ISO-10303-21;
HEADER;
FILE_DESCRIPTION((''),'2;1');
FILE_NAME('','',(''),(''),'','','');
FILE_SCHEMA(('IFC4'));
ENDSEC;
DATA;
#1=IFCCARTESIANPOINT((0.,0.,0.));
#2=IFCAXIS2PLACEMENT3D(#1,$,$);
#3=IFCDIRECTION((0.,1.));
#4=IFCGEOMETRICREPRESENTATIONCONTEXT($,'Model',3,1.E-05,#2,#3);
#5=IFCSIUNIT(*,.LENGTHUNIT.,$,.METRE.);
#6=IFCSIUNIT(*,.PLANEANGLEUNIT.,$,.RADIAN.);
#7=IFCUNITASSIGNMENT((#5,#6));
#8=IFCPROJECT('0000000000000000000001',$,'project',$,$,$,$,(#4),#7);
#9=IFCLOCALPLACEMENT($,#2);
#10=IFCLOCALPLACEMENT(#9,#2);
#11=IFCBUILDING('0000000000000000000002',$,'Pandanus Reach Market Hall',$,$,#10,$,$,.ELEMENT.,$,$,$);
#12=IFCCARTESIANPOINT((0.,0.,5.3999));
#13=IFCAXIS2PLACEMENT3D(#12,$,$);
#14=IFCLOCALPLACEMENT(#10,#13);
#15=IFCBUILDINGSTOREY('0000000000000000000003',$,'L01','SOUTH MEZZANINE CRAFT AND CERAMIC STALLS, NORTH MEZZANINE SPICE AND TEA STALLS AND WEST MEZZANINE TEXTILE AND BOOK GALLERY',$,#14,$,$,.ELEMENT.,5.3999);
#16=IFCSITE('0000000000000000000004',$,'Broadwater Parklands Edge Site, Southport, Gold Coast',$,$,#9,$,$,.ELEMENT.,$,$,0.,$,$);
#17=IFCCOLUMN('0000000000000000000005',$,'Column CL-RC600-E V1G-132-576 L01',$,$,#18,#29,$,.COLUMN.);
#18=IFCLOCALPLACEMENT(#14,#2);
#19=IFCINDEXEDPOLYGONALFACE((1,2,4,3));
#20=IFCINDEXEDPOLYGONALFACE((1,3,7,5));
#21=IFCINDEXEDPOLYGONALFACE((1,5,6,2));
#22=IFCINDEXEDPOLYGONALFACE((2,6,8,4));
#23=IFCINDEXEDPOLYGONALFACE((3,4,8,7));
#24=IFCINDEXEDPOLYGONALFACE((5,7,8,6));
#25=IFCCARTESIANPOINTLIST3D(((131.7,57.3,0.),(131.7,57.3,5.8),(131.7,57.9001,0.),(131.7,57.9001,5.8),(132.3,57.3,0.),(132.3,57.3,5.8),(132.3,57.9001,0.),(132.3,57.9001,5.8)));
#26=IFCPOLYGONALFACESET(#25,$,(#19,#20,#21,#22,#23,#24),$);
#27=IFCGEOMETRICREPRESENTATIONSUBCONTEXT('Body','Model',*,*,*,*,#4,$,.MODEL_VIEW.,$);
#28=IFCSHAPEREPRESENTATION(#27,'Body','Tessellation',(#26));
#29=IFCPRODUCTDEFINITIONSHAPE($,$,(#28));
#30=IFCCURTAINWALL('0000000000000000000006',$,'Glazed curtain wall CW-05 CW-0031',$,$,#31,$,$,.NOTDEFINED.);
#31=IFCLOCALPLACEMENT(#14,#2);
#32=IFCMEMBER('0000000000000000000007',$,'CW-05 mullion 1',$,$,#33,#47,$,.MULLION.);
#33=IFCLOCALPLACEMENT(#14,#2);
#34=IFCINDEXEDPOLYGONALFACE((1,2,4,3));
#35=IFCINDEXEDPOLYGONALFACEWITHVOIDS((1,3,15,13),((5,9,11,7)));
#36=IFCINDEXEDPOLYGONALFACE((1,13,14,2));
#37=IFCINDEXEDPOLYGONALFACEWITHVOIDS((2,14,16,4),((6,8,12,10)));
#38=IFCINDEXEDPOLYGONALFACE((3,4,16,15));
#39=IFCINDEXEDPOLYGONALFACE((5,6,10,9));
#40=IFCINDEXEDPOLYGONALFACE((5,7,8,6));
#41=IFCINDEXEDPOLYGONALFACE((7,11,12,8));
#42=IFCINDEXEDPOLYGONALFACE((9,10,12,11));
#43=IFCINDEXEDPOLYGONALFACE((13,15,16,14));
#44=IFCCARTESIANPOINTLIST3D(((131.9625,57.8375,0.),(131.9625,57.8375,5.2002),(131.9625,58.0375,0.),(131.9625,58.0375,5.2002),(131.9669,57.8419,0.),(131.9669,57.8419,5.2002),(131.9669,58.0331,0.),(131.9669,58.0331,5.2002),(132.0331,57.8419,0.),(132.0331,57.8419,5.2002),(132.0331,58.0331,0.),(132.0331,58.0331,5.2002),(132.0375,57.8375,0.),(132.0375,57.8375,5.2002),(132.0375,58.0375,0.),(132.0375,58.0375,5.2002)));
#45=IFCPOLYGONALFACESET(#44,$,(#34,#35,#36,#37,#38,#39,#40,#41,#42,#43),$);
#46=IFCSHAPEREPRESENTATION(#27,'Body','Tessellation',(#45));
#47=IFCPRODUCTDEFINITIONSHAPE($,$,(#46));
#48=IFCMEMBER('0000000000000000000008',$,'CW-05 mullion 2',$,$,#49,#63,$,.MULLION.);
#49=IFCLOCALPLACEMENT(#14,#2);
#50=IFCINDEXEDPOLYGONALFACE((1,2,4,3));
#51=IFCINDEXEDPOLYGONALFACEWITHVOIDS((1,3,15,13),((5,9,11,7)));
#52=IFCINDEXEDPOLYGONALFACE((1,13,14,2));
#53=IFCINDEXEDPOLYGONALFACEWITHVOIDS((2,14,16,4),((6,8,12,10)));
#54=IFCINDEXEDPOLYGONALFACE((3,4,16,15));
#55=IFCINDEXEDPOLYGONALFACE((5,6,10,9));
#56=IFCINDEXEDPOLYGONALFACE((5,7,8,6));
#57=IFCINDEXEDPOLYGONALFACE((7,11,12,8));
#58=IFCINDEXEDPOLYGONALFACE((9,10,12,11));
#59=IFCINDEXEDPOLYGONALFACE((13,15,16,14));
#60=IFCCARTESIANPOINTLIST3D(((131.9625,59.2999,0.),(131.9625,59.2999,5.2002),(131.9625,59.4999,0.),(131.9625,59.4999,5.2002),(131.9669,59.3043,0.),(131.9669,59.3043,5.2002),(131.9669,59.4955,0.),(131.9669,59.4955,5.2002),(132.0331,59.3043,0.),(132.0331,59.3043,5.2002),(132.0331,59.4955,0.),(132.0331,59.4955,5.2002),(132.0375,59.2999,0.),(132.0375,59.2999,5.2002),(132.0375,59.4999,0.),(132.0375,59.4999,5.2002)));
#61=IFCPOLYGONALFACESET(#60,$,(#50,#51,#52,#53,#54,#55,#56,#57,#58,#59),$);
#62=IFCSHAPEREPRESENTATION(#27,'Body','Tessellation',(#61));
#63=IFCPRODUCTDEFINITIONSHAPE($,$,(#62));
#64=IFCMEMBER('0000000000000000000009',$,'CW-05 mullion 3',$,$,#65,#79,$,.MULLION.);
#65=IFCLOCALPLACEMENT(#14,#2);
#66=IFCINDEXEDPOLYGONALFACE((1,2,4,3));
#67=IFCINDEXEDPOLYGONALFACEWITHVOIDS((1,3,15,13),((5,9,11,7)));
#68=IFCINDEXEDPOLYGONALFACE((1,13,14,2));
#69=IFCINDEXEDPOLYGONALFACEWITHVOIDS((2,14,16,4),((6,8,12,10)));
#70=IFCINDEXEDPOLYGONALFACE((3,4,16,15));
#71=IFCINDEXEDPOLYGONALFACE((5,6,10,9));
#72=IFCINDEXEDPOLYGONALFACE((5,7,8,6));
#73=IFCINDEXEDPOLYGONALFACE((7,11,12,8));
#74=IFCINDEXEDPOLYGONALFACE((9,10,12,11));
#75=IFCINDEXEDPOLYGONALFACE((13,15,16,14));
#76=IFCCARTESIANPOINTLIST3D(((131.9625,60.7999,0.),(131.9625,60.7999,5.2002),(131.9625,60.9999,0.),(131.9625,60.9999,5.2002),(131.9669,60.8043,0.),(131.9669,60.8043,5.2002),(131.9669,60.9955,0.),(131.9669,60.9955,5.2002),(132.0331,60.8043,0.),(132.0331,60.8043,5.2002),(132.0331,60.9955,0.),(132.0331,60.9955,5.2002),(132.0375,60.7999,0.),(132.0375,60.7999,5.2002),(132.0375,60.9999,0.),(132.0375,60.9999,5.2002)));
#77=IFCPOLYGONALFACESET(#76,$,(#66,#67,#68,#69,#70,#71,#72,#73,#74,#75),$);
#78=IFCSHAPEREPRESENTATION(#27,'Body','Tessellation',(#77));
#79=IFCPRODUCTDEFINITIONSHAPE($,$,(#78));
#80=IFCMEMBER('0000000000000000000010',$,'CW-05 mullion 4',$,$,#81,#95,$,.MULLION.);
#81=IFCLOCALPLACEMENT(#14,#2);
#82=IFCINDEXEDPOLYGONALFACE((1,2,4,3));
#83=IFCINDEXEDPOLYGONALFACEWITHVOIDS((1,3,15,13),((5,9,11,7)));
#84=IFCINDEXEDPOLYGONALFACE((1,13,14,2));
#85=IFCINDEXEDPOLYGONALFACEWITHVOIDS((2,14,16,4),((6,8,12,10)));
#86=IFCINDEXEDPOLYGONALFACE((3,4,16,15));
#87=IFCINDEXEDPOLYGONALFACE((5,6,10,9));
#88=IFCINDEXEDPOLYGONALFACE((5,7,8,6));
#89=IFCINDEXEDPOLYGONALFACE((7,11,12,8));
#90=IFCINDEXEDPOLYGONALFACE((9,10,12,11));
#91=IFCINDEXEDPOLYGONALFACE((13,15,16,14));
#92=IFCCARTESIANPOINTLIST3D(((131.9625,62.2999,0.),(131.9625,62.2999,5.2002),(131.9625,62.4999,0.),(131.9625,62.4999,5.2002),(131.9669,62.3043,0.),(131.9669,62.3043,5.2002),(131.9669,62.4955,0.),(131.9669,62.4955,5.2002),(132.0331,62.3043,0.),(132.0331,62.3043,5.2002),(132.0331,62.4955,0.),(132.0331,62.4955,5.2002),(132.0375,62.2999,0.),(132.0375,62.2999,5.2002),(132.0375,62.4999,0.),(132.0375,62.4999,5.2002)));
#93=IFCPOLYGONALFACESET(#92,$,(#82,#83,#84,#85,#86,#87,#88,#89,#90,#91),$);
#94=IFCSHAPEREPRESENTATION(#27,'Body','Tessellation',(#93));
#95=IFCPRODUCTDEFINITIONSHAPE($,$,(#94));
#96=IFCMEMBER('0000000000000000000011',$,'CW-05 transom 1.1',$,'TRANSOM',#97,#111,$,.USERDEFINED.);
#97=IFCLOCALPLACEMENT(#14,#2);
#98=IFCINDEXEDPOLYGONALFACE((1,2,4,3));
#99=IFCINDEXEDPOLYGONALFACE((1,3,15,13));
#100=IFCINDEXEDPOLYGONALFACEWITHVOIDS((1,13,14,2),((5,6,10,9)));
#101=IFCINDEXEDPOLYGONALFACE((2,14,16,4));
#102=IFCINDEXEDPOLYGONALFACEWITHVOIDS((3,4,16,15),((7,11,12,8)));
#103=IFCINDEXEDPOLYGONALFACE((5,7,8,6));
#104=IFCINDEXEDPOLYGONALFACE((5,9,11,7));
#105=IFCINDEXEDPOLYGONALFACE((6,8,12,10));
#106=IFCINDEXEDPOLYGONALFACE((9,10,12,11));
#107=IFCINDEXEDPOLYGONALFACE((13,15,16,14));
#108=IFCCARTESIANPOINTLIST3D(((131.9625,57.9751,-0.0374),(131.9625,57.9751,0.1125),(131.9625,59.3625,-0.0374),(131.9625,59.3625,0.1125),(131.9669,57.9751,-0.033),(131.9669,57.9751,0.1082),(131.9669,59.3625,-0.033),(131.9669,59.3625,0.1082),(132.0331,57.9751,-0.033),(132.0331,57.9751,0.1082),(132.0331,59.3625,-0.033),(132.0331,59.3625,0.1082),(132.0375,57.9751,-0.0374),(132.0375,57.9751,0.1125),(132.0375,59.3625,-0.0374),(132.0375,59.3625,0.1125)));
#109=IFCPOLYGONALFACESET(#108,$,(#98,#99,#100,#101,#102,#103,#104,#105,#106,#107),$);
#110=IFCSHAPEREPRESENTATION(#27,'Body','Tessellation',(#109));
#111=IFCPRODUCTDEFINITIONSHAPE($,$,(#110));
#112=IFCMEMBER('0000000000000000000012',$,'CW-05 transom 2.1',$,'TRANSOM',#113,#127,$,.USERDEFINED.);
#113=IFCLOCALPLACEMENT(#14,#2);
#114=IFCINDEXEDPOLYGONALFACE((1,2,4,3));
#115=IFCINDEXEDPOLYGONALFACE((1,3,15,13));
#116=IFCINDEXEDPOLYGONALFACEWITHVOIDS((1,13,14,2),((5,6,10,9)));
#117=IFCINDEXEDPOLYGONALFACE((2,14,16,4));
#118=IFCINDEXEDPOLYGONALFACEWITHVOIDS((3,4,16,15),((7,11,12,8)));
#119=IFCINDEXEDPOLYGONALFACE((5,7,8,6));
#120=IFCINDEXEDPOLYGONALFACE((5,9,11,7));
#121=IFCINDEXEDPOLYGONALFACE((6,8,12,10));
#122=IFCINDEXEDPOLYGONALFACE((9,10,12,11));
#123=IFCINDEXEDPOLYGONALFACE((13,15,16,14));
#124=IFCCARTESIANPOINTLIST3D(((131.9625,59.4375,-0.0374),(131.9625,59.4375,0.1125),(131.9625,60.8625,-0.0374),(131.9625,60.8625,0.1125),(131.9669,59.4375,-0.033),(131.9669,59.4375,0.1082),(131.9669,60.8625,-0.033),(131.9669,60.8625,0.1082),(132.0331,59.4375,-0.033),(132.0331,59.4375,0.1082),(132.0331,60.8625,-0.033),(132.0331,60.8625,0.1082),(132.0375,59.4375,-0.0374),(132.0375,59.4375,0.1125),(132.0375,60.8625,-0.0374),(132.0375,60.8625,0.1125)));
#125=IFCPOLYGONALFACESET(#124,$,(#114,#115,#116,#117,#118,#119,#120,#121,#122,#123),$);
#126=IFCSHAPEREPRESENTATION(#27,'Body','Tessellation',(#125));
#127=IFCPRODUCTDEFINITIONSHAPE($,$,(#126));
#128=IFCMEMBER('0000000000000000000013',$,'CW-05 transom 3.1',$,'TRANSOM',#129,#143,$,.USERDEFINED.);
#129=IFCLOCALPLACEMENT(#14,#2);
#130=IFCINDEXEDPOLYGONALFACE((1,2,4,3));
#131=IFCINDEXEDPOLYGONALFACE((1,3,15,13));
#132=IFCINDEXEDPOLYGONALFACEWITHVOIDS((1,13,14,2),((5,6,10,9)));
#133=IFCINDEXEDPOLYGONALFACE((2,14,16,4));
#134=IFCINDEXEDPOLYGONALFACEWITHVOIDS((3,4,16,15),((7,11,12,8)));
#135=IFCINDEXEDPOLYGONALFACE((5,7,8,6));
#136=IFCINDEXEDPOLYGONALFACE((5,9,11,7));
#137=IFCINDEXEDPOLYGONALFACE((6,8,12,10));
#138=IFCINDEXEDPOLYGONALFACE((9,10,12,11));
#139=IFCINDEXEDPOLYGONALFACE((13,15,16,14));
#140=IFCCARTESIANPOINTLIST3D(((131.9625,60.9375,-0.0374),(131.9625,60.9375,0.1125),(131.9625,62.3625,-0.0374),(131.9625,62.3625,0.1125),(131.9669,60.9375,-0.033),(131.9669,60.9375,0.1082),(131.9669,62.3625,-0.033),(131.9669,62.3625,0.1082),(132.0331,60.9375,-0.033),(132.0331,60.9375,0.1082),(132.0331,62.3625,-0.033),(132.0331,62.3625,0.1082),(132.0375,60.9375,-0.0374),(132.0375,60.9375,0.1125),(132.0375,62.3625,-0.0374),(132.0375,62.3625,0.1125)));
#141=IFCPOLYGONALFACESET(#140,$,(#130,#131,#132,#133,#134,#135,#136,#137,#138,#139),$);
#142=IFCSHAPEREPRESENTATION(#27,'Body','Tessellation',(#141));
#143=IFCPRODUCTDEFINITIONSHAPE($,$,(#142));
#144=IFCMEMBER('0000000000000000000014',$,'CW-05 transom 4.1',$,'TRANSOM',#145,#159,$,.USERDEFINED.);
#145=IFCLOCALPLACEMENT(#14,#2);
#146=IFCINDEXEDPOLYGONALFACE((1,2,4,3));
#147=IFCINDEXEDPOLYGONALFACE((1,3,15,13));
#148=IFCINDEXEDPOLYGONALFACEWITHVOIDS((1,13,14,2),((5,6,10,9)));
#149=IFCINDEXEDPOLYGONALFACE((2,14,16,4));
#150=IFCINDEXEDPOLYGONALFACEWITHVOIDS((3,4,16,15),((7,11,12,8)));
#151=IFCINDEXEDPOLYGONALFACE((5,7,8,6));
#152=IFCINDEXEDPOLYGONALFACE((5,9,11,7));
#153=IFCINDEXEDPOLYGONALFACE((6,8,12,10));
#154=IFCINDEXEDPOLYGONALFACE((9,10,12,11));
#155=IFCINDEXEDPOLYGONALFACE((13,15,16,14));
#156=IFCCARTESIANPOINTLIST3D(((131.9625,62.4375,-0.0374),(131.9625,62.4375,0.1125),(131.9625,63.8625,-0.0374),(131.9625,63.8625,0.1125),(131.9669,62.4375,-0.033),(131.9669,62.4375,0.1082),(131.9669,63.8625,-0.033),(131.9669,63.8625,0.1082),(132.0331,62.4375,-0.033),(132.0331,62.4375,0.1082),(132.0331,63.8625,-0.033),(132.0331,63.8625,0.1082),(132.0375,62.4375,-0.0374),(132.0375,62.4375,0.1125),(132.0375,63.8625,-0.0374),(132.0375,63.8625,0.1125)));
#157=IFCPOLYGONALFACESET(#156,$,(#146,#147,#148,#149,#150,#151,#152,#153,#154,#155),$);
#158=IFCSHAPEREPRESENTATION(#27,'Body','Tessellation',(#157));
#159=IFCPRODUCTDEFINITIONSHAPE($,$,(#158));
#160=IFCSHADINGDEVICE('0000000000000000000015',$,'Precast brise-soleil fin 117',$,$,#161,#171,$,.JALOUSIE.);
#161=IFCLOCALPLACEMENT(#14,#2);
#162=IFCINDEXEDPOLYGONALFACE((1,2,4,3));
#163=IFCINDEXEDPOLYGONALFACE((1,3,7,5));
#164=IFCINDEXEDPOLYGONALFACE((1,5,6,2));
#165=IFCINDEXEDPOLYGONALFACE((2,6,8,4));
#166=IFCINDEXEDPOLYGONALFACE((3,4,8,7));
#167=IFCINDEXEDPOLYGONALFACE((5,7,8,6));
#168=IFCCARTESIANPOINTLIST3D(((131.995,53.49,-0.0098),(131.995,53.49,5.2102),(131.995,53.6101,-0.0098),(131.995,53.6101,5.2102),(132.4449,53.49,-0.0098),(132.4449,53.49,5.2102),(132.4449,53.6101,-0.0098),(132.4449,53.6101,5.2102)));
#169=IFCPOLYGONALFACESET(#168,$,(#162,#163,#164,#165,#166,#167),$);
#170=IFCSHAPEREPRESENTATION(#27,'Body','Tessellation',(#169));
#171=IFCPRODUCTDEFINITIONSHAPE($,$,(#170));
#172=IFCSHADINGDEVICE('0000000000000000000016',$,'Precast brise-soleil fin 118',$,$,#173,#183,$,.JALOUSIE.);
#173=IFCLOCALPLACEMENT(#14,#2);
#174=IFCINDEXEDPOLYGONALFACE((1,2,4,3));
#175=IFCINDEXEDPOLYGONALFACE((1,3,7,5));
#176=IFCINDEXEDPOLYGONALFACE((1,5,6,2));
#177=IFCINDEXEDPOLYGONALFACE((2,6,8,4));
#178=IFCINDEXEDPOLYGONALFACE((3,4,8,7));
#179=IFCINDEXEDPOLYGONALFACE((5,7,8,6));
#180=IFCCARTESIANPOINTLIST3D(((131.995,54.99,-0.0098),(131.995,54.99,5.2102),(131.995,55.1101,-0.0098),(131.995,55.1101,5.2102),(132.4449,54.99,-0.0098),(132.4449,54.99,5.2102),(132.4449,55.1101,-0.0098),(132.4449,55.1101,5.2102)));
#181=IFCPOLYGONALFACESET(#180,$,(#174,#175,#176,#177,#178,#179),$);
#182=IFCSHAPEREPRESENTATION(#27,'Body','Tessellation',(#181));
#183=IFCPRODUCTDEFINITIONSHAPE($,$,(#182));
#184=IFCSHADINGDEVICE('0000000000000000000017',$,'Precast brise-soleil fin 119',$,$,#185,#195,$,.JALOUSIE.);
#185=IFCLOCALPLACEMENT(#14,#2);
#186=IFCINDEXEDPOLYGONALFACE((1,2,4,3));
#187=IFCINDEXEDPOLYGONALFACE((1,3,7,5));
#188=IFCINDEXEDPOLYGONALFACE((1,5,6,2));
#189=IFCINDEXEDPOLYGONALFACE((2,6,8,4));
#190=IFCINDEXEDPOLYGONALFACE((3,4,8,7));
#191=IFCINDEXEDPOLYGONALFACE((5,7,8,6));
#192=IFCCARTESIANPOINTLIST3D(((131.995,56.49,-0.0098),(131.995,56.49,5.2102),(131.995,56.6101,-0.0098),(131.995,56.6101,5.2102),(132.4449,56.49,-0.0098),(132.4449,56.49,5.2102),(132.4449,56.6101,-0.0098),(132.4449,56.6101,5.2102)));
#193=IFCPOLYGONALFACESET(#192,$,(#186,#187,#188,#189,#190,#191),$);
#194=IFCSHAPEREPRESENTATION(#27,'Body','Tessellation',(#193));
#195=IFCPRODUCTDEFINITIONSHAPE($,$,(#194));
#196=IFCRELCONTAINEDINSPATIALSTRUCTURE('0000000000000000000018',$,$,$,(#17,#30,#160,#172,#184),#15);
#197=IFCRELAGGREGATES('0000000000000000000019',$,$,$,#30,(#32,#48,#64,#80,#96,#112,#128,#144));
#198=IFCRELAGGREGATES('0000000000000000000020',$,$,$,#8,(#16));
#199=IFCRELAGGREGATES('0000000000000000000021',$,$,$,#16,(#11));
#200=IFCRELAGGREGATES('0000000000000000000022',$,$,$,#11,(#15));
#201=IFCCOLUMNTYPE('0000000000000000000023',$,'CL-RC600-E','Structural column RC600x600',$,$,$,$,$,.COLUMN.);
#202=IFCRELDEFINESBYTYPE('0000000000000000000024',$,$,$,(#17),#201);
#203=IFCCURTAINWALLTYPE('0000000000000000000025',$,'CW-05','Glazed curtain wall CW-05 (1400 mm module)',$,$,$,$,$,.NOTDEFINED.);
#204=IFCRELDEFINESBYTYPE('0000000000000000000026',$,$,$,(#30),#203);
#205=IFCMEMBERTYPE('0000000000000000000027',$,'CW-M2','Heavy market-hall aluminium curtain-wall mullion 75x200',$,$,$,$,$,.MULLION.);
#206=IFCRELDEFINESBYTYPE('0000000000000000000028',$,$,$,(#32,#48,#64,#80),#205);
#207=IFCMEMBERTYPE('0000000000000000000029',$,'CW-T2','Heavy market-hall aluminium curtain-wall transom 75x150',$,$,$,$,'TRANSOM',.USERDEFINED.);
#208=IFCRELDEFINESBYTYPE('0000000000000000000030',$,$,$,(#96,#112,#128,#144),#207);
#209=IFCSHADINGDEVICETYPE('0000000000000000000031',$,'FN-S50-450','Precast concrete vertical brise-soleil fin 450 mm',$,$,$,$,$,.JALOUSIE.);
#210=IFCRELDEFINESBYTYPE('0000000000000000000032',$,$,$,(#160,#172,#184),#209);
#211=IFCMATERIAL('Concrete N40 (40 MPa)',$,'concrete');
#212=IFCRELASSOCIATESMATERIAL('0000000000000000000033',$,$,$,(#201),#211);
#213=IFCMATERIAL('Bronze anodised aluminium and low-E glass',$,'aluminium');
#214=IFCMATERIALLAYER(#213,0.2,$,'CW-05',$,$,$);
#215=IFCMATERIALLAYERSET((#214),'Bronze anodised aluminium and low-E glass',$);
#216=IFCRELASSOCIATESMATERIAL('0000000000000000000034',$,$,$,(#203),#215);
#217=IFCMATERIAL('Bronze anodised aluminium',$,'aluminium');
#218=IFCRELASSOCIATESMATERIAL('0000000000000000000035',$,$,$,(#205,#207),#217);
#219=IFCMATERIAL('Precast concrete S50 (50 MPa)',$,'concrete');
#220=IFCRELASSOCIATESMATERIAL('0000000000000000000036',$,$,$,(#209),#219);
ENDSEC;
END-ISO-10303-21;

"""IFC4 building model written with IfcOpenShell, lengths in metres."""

from ifc_helpers import new_model, si_unit, direction, frame, origin, origin_2d, place, context, subcontext, project, spatial, rectangle, hollow_rectangle, extrude, material, layer, layer_set, material_profile, profile_set, type_object, element, aggregate, save


model = new_model("IFC4")

# Units and contexts
model_context = context("Model", 3, precision=1e-05, world=origin(), true_north=direction((0.0, 1.0)))
body_context = subcontext(model_context, "Body", "Model", "MODEL_VIEW")
ifc_project = project(units=[si_unit("LENGTHUNIT", "METRE"), si_unit("PLANEANGLEUNIT", "RADIAN")], contexts=[model_context])

# Site, building, storey
site_placement = place(None, origin())
site = spatial("IfcSite", under=ifc_project, at=site_placement, Name="Broadwater Parklands Edge Site, Southport, Gold Coast", CompositionType="ELEMENT", RefElevation=0.0)
building_placement = place(site_placement, origin())
building = spatial("IfcBuilding", under=site, at=building_placement, Name="Pandanus Reach Market Hall", CompositionType="ELEMENT")
storey_placement = place(building_placement, frame((0.0, 0.0, 5.3999)))
storey = spatial("IfcBuildingStorey", under=building, at=storey_placement, Name="L01", Description="SOUTH MEZZANINE CRAFT AND CERAMIC STALLS, NORTH MEZZANINE SPICE AND TEA STALLS AND WEST MEZZANINE TEXTILE AND BOOK GALLERY", CompositionType="ELEMENT", Elevation=5.3999)

# Column
ifc_material_1 = material(Name="Concrete N40 (40 MPa)", Category="concrete")
ifc_material_profile_1 = material_profile(ifc_material_1, rectangle(XDim=0.6001, YDim=0.6001, at=origin_2d()), Name="RC600x600", Category="LoadBearing")
ifc_profile_set_1 = profile_set([ifc_material_profile_1], Name="Concrete N40 (40 MPa)")
column_type = type_object("IfcColumnType", Name="CL-RC600-E", Description="Structural column RC600x600", PredefinedType="COLUMN", material=ifc_profile_set_1)
column_placement = place(storey_placement, frame((132.0, 57.6001, 0.0), z_axis=(0.0, 0.0, 1.0), x_axis=(1.0, 0.0, 0.0)))
element("IfcColumn", 1, at=column_placement, inside=storey, type_object=column_type, Name="Column CL-RC600-E V1G-132-576 L01", PredefinedType="COLUMN", context=body_context, shape_type="SweptSolid", body=[
    extrude(rectangle(XDim=0.6001, YDim=0.6001, at=origin_2d()), origin(), (0.0, 0.0, 1.0), 5.8),
])

# Curtain wall, members
ifc_material_2 = material(Name="Bronze anodised aluminium and low-E glass", Category="aluminium")
ifc_layer = layer(ifc_material_2, 0.2, Name="CW-05")
ifc_layer_set = layer_set([ifc_layer], Name="Bronze anodised aluminium and low-E glass")
curtain_wall_type = type_object("IfcCurtainWallType", Name="CW-05", Description="Glazed curtain wall CW-05 (1400 mm module)", PredefinedType="NOTDEFINED", material=ifc_layer_set)
curtain_wall_placement = place(storey_placement, origin())
curtain_wall = element("IfcCurtainWall", 2, at=curtain_wall_placement, inside=storey, type_object=curtain_wall_type, Name="Glazed curtain wall CW-05 CW-0031", PredefinedType="NOTDEFINED")
ifc_material_3 = material(Name="Bronze anodised aluminium", Category="aluminium")
ifc_material_profile_2 = material_profile(ifc_material_3, hollow_rectangle(XDim=0.075, YDim=0.2, WallThickness=0.0044, at=origin_2d()), Name="ALU75x200", Category="LoadBearing")
ifc_profile_set_2 = profile_set([ifc_material_profile_2], Name="Bronze anodised aluminium")
member_type_1 = type_object("IfcMemberType", Name="CW-M2", Description="Heavy market-hall aluminium curtain-wall mullion 75x200", PredefinedType="MULLION", material=ifc_profile_set_2)
member_1_placement = place(storey_placement, frame((132.0, 57.9375, 0.0), z_axis=(0.0, 0.0, 1.0), x_axis=(-1.0, 0.0, 0.0)))
member_1 = element("IfcMember", 3, at=member_1_placement, type_object=member_type_1, Name="CW-05 mullion 1", PredefinedType="MULLION", context=body_context, shape_type="SweptSolid", body=[
    extrude(hollow_rectangle(XDim=0.075, YDim=0.2, WallThickness=0.0044, at=origin_2d()), origin(), (0.0, 0.0, 1.0), 5.2002),
])
member_2_placement = place(storey_placement, frame((132.0, 59.3999, 0.0), z_axis=(0.0, 0.0, 1.0), x_axis=(-1.0, 0.0, 0.0)))
member_2 = element("IfcMember", 4, at=member_2_placement, type_object=member_type_1, Name="CW-05 mullion 2", PredefinedType="MULLION", context=body_context, shape_type="SweptSolid", body=[
    extrude(hollow_rectangle(XDim=0.075, YDim=0.2, WallThickness=0.0044, at=origin_2d()), origin(), (0.0, 0.0, 1.0), 5.2002),
])
member_3_placement = place(storey_placement, frame((132.0, 60.8999, 0.0), z_axis=(0.0, 0.0, 1.0), x_axis=(-1.0, 0.0, 0.0)))
member_3 = element("IfcMember", 5, at=member_3_placement, type_object=member_type_1, Name="CW-05 mullion 3", PredefinedType="MULLION", context=body_context, shape_type="SweptSolid", body=[
    extrude(hollow_rectangle(XDim=0.075, YDim=0.2, WallThickness=0.0044, at=origin_2d()), origin(), (0.0, 0.0, 1.0), 5.2002),
])
member_4_placement = place(storey_placement, frame((132.0, 62.3999, 0.0), z_axis=(0.0, 0.0, 1.0), x_axis=(-1.0, 0.0, 0.0)))
member_4 = element("IfcMember", 6, at=member_4_placement, type_object=member_type_1, Name="CW-05 mullion 4", PredefinedType="MULLION", context=body_context, shape_type="SweptSolid", body=[
    extrude(hollow_rectangle(XDim=0.075, YDim=0.2, WallThickness=0.0044, at=origin_2d()), origin(), (0.0, 0.0, 1.0), 5.2002),
])
ifc_material_profile_3 = material_profile(ifc_material_3, hollow_rectangle(XDim=0.075, YDim=0.1499, WallThickness=0.0044, at=origin_2d()), Name="ALU75x150", Category="LoadBearing")
ifc_profile_set_3 = profile_set([ifc_material_profile_3], Name="Bronze anodised aluminium")
member_type_2 = type_object("IfcMemberType", Name="CW-T2", Description="Heavy market-hall aluminium curtain-wall transom 75x150", ElementType="TRANSOM", PredefinedType="USERDEFINED", material=ifc_profile_set_3)
member_5_placement = place(storey_placement, frame((132.0, 57.9751, 0.0376), z_axis=(0.0, 1.0, 0.0), x_axis=(-1.0, 0.0, 0.0)))
member_5 = element("IfcMember", 7, at=member_5_placement, type_object=member_type_2, Name="CW-05 transom 1.1", ObjectType="TRANSOM", PredefinedType="USERDEFINED", context=body_context, shape_type="SweptSolid", body=[
    extrude(hollow_rectangle(XDim=0.075, YDim=0.1499, WallThickness=0.0044, at=origin_2d()), origin(), (0.0, 0.0, 1.0), 1.3875),
])
member_6_placement = place(storey_placement, frame((132.0, 59.4375, 0.0376), z_axis=(0.0, 1.0, 0.0), x_axis=(-1.0, 0.0, 0.0)))
member_6 = element("IfcMember", 8, at=member_6_placement, type_object=member_type_2, Name="CW-05 transom 2.1", ObjectType="TRANSOM", PredefinedType="USERDEFINED", context=body_context, shape_type="SweptSolid", body=[
    extrude(hollow_rectangle(XDim=0.075, YDim=0.1499, WallThickness=0.0044, at=origin_2d()), origin(), (0.0, 0.0, 1.0), 1.425),
])
member_7_placement = place(storey_placement, frame((132.0, 60.9375, 0.0376), z_axis=(0.0, 1.0, 0.0), x_axis=(-1.0, 0.0, 0.0)))
member_7 = element("IfcMember", 9, at=member_7_placement, type_object=member_type_2, Name="CW-05 transom 3.1", ObjectType="TRANSOM", PredefinedType="USERDEFINED", context=body_context, shape_type="SweptSolid", body=[
    extrude(hollow_rectangle(XDim=0.075, YDim=0.1499, WallThickness=0.0044, at=origin_2d()), origin(), (0.0, 0.0, 1.0), 1.425),
])
member_8_placement = place(storey_placement, frame((132.0, 62.4375, 0.0376), z_axis=(0.0, 1.0, 0.0), x_axis=(-1.0, 0.0, 0.0)))
member_8 = element("IfcMember", 10, at=member_8_placement, type_object=member_type_2, Name="CW-05 transom 4.1", ObjectType="TRANSOM", PredefinedType="USERDEFINED", context=body_context, shape_type="SweptSolid", body=[
    extrude(hollow_rectangle(XDim=0.075, YDim=0.1499, WallThickness=0.0044, at=origin_2d()), origin(), (0.0, 0.0, 1.0), 1.425),
])
aggregate(curtain_wall, [member_1, member_2, member_3, member_4, member_5, member_6, member_7, member_8])

# Shading devices
ifc_material_4 = material(Name="Precast concrete S50 (50 MPa)", Category="concrete")
shading_device_type = type_object("IfcShadingDeviceType", Name="FN-S50-450", Description="Precast concrete vertical brise-soleil fin 450 mm", PredefinedType="JALOUSIE", material=ifc_material_4)
for number, where, z_axis, x_axis, name in (
    (11, (132.22, 53.55, -0.0098), (0.0, 0.0, 1.0), (1.0, 0.0, 0.0), "Precast brise-soleil fin 117"),
    (12, (132.22, 55.05, -0.0098), (0.0, 0.0, 1.0), (1.0, 0.0, 0.0), "Precast brise-soleil fin 118"),
    (13, (132.22, 56.55, -0.0098), (0.0, 0.0, 1.0), (1.0, 0.0, 0.0), "Precast brise-soleil fin 119"),
):
    element("IfcShadingDevice", number, at=place(storey_placement, frame(where, z_axis=z_axis, x_axis=x_axis)), inside=storey, type_object=shading_device_type, Name=name, PredefinedType="JALOUSIE", context=body_context, shape_type="SweptSolid", body=[
        extrude(rectangle(XDim=0.45, YDim=0.1201, at=origin_2d()), origin(), (0.0, 0.0, 1.0), 5.22),
    ])

save(model, "model.ifc")
